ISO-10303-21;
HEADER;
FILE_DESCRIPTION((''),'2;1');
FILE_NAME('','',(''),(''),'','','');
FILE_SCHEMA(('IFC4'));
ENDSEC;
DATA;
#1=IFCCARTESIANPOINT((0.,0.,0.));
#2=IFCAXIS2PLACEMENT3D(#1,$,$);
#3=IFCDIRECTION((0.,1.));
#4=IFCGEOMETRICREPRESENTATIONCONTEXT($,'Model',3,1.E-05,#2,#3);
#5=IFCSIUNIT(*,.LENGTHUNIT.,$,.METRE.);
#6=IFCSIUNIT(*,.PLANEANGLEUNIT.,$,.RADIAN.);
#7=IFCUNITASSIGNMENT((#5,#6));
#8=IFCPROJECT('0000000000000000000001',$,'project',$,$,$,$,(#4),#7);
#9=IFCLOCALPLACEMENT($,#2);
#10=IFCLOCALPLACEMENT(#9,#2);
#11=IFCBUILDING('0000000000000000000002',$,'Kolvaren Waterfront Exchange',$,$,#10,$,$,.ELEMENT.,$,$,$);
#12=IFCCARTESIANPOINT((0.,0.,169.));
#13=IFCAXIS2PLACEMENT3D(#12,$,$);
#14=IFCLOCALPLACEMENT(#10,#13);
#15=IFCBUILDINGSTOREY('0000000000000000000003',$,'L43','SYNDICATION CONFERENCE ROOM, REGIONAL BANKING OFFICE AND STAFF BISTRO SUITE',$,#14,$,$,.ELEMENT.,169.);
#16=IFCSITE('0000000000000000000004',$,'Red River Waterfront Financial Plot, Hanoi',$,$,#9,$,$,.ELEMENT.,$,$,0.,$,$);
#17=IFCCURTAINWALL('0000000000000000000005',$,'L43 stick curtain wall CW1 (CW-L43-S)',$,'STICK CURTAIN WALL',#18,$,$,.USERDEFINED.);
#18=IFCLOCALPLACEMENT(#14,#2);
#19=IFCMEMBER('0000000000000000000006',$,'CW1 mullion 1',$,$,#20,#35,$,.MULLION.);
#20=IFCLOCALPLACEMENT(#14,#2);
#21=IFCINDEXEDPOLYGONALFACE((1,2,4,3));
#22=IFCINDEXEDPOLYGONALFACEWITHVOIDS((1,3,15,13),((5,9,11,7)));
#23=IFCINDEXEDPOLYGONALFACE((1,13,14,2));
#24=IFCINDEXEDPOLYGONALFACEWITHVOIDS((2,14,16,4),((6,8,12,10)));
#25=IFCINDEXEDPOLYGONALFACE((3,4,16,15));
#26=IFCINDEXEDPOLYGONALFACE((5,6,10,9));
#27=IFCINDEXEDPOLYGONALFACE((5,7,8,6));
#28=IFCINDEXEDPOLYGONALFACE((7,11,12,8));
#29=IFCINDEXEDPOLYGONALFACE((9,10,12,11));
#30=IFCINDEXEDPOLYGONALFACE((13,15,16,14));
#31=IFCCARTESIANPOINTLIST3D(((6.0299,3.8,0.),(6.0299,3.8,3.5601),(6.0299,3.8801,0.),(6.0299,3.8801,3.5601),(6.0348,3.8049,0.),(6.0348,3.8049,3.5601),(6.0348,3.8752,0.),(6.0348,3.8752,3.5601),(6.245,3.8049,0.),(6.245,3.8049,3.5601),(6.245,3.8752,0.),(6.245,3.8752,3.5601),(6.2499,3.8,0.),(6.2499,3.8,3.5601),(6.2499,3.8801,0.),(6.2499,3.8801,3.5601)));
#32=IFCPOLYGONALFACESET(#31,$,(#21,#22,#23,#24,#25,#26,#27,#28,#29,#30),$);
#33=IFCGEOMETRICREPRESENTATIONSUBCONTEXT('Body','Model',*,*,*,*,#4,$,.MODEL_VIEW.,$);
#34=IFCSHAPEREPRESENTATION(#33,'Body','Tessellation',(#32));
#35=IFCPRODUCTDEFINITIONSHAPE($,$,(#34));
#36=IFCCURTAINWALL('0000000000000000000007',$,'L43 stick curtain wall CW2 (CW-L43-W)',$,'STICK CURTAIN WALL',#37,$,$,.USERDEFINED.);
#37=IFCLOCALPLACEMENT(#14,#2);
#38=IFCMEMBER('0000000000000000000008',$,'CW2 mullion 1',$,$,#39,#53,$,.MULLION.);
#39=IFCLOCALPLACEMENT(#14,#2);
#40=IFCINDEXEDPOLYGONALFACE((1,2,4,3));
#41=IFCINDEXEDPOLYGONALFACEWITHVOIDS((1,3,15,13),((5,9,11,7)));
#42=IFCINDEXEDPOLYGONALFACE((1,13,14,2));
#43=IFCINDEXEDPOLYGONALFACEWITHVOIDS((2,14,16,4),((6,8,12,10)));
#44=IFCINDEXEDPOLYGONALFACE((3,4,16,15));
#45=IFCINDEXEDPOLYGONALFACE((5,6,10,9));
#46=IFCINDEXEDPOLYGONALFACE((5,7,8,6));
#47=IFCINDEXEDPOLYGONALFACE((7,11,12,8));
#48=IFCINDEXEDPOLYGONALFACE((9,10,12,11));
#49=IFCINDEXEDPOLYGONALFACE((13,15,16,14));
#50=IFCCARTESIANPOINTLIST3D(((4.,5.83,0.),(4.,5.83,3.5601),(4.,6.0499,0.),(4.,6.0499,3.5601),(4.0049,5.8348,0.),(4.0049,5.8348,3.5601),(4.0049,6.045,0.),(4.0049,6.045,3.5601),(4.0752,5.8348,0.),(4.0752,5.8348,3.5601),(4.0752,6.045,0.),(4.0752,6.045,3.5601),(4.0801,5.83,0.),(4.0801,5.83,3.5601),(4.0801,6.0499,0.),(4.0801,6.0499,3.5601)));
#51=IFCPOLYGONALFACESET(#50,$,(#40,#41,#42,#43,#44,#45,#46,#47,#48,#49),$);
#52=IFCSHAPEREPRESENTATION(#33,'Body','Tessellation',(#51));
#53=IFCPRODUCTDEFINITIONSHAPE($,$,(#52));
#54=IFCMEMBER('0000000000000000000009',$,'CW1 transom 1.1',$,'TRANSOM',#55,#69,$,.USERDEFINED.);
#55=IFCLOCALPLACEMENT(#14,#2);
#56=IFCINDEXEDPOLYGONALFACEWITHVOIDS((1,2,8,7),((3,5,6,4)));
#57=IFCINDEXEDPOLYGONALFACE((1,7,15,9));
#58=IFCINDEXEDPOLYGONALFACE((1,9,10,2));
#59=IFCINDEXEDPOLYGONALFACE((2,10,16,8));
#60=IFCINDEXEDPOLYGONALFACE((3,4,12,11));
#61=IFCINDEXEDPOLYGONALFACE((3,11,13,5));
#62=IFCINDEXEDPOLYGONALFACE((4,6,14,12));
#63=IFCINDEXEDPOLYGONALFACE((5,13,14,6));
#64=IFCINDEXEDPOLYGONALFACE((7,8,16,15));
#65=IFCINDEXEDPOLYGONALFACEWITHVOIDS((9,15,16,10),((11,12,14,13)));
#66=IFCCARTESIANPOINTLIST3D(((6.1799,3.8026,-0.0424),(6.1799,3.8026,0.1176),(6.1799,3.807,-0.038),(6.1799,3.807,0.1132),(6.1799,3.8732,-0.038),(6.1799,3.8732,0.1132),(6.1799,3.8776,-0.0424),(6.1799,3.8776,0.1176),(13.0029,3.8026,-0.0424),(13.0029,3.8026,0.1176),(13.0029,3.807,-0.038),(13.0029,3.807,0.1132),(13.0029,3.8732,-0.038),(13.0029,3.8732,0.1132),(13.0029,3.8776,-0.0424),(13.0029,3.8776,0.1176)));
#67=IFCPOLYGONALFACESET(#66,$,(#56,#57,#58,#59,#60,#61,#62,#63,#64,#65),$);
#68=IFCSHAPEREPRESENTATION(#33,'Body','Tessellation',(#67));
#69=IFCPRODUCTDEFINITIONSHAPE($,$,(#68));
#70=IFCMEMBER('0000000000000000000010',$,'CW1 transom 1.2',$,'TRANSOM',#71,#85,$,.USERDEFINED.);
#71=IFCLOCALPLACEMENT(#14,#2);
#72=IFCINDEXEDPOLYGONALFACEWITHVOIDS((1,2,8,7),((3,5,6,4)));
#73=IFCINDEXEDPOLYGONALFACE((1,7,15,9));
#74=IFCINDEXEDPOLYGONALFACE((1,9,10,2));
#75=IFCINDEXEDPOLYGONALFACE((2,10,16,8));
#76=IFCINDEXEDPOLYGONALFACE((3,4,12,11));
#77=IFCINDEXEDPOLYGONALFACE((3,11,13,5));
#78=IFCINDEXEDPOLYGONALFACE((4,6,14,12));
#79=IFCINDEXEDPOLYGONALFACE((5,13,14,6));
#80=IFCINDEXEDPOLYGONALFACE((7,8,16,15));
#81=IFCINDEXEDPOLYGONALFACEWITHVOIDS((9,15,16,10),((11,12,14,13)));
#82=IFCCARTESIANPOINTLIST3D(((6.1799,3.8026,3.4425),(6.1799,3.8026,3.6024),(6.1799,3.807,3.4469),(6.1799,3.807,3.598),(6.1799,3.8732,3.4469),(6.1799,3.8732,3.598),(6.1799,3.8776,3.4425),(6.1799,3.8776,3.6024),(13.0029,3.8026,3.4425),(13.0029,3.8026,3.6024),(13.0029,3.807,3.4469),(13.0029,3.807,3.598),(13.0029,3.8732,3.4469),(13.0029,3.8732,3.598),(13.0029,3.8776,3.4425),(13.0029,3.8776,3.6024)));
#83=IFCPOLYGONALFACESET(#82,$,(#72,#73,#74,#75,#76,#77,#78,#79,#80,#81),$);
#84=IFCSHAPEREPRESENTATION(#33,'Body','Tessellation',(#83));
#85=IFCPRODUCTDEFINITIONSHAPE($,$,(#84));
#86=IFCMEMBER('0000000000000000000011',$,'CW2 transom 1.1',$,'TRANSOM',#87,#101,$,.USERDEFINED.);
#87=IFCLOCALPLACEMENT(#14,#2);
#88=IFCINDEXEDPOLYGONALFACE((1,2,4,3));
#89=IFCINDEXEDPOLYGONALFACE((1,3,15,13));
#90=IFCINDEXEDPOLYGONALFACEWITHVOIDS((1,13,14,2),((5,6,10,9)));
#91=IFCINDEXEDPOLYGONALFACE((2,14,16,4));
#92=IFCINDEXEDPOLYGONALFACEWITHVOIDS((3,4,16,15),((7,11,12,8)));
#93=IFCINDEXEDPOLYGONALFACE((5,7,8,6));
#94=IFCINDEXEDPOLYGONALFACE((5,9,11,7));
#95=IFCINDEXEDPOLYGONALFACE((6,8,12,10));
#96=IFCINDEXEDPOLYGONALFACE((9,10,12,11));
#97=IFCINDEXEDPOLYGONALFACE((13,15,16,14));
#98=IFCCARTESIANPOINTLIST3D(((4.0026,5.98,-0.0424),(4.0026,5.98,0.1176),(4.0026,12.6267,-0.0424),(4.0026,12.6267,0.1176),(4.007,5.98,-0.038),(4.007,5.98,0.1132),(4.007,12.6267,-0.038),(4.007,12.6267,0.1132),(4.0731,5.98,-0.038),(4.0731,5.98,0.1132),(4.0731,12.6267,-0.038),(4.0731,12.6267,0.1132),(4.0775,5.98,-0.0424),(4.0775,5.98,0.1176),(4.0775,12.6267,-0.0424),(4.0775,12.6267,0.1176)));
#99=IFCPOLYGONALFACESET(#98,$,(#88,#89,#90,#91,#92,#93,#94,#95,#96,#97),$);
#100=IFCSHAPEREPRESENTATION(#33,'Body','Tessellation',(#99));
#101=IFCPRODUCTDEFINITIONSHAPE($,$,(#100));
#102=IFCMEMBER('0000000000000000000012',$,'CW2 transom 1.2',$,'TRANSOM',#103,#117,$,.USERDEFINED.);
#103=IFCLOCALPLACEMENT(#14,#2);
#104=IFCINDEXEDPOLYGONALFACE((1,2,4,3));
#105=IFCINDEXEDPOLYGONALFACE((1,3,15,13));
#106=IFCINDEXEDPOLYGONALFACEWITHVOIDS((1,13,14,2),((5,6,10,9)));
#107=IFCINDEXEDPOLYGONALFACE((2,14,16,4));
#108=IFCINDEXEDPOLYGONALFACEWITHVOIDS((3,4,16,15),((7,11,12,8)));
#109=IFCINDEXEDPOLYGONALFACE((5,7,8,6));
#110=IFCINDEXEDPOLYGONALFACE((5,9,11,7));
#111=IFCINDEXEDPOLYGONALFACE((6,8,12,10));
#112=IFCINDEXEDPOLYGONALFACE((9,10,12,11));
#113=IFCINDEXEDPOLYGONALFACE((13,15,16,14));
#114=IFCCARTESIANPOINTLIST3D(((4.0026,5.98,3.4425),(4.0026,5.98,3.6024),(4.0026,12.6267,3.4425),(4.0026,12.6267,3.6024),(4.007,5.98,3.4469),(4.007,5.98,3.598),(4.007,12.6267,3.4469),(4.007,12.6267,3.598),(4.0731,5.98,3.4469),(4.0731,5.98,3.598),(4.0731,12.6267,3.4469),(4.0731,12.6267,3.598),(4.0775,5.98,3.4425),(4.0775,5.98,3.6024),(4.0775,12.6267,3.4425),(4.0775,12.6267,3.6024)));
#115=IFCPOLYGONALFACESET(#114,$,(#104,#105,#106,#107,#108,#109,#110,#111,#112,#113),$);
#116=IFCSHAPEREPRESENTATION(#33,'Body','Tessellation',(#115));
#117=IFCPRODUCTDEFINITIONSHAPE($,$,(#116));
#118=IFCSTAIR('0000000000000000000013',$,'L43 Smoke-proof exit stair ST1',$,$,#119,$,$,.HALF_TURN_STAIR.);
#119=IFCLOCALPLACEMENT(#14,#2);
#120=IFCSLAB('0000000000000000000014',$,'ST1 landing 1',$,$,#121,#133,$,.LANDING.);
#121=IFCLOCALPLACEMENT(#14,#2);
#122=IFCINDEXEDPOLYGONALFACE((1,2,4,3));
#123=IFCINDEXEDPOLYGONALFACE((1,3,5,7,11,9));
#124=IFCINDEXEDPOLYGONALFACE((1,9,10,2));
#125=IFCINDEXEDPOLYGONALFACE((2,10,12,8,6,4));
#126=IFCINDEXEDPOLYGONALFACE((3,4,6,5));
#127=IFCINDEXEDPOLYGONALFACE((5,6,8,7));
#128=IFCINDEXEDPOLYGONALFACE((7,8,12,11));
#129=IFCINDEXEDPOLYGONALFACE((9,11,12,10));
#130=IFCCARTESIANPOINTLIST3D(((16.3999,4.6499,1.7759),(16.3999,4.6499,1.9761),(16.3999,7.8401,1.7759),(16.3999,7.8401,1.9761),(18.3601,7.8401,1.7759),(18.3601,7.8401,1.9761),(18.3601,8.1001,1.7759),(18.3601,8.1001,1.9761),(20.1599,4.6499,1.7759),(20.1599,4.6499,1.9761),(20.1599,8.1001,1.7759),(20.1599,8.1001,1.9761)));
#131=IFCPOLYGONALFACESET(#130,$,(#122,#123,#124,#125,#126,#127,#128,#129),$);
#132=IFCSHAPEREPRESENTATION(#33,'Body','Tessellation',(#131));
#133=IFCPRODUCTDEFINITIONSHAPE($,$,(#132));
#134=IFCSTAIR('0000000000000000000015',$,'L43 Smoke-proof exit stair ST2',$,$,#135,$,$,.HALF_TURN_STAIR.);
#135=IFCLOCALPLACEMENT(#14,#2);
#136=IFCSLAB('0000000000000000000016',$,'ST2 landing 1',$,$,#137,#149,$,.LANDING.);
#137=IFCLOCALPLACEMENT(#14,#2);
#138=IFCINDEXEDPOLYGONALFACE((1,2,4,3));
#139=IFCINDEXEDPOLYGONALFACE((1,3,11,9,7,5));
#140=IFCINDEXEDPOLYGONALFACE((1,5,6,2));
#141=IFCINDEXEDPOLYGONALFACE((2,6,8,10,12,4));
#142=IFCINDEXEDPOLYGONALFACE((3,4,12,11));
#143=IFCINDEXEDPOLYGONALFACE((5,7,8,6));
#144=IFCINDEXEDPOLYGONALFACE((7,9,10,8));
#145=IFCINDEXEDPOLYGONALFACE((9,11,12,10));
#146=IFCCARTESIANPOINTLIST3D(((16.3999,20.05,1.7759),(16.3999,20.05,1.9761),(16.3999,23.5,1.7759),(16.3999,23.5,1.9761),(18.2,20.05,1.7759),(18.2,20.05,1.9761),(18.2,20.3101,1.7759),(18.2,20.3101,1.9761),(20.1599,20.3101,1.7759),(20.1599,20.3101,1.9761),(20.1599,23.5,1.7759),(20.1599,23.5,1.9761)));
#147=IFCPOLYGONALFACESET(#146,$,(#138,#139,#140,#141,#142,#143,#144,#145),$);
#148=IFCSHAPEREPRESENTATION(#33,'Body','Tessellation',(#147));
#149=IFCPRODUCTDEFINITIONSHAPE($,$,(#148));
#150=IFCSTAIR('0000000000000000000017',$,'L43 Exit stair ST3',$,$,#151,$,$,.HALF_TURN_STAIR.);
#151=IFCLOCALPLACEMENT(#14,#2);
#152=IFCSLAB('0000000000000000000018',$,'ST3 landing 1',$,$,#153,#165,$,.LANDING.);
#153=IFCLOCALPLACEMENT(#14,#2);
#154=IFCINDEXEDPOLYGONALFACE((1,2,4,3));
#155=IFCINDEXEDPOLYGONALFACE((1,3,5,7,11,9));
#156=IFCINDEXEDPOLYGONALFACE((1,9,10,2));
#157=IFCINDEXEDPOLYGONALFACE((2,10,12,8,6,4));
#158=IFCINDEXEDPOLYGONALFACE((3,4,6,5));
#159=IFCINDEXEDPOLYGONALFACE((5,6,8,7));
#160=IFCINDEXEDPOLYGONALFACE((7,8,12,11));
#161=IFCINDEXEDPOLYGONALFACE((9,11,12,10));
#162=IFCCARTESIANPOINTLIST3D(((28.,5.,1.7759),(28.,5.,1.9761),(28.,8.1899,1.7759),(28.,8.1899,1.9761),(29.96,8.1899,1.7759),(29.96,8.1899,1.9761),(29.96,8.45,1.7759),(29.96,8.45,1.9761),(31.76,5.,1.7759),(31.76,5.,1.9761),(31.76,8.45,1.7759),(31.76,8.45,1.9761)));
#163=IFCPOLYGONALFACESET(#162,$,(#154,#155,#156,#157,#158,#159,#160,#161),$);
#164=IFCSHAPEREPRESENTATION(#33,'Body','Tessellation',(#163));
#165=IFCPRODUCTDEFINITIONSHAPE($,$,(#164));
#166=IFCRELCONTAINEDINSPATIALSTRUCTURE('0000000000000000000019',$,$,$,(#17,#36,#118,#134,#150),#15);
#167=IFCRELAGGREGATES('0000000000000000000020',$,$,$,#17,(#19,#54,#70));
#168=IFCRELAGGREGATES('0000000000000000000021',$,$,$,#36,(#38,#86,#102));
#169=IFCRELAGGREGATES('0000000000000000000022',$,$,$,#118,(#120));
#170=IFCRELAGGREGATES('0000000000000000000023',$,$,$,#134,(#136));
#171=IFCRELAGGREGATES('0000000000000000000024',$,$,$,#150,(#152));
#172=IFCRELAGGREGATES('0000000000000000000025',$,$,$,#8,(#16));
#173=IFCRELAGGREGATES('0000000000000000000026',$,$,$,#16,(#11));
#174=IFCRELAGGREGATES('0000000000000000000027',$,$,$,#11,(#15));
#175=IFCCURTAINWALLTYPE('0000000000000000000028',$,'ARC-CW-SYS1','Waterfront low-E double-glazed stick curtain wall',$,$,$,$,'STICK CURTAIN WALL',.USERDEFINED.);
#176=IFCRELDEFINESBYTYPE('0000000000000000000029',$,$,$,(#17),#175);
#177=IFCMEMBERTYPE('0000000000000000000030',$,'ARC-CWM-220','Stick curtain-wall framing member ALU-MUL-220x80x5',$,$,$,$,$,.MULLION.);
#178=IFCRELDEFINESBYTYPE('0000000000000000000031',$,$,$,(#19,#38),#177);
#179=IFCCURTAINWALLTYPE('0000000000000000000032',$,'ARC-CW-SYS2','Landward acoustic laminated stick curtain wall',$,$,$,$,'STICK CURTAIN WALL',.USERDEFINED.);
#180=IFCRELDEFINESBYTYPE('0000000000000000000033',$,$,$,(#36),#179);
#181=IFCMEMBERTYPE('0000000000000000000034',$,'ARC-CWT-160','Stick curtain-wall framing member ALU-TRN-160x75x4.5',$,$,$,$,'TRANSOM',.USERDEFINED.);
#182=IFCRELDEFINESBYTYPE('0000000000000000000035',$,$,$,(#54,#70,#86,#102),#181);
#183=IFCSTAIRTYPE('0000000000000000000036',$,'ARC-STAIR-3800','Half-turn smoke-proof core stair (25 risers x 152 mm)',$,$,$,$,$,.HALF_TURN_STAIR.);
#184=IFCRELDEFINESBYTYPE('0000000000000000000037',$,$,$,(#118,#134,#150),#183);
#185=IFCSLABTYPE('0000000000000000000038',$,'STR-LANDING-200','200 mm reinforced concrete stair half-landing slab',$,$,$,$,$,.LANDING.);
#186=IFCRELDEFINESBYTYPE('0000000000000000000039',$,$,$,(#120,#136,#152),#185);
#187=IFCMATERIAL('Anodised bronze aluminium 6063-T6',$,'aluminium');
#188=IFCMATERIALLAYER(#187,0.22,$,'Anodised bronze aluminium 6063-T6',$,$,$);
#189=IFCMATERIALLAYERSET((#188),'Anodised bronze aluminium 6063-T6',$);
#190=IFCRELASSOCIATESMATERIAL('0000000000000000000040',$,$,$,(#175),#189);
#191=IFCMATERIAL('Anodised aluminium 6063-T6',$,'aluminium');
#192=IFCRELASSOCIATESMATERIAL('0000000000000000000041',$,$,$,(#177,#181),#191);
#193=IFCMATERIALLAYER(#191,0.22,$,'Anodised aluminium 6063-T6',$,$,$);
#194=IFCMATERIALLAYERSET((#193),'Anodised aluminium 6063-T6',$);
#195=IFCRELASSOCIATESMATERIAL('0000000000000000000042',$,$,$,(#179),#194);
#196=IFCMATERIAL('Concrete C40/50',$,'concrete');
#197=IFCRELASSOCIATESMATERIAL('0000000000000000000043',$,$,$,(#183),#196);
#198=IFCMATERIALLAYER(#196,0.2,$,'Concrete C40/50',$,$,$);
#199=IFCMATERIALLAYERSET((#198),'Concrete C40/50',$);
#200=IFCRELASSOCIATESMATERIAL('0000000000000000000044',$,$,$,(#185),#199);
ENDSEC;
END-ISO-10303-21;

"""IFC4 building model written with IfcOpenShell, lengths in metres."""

from ifc_helpers import new_model, si_unit, direction, frame, origin, origin_with_axes, origin_2d, place, context, subcontext, project, spatial, polyline, hollow_rectangle, outline, extrude, source, transform, mapped, material, layer, layer_set, material_profile, profile_set, type_object, element, aggregate, save


model = new_model("IFC4")

# Units and contexts
model_context = context("Model", 3, precision=1e-05, world=origin(), true_north=direction((0.0, 1.0)))
body_context = subcontext(model_context, "Body", "Model", "MODEL_VIEW")
ifc_project = project(units=[si_unit("LENGTHUNIT", "METRE"), si_unit("PLANEANGLEUNIT", "RADIAN")], contexts=[model_context])

# Site, building, storey
site_placement = place(None, origin())
site = spatial("IfcSite", under=ifc_project, at=site_placement, Name="Red River Waterfront Financial Plot, Hanoi", CompositionType="ELEMENT", RefElevation=0.0)
building_placement = place(site_placement, origin())
building = spatial("IfcBuilding", under=site, at=building_placement, Name="Kolvaren Waterfront Exchange", CompositionType="ELEMENT")
storey_placement = place(building_placement, frame((0.0, 0.0, 169.0)))
storey = spatial("IfcBuildingStorey", under=building, at=storey_placement, Name="L43", Description="SYNDICATION CONFERENCE ROOM, REGIONAL BANKING OFFICE AND STAFF BISTRO SUITE", CompositionType="ELEMENT", Elevation=169.0)

# Curtain walls, members
ifc_material_1 = material(Name="Anodised bronze aluminium 6063-T6", Category="aluminium")
ifc_layer_1 = layer(ifc_material_1, 0.22, Name="Anodised bronze aluminium 6063-T6")
ifc_layer_set_1 = layer_set([ifc_layer_1], Name="Anodised bronze aluminium 6063-T6")
curtain_wall_type_1 = type_object("IfcCurtainWallType", Name="ARC-CW-SYS1", Description="Waterfront low-E double-glazed stick curtain wall", ElementType="STICK CURTAIN WALL", PredefinedType="USERDEFINED", material=ifc_layer_set_1)
curtain_wall_1_placement = place(storey_placement, origin())
curtain_wall_1 = element("IfcCurtainWall", 1, at=curtain_wall_1_placement, inside=storey, type_object=curtain_wall_type_1, Name="L43 stick curtain wall CW1 (CW-L43-S)", ObjectType="STICK CURTAIN WALL", PredefinedType="USERDEFINED")
ifc_material_2 = material(Name="Anodised aluminium 6063-T6", Category="aluminium")
ifc_material_profile_1 = material_profile(ifc_material_2, hollow_rectangle(XDim=0.0801, YDim=0.22, WallThickness=0.0049, at=origin_2d()), Name="ALU-MUL-220x80x5")
ifc_profile_set_1 = profile_set([ifc_material_profile_1], Name="Anodised aluminium 6063-T6")
member_type_1 = type_object("IfcMemberType", Name="ARC-CWM-220", Description="Stick curtain-wall framing member ALU-MUL-220x80x5", PredefinedType="MULLION", material=ifc_profile_set_1)
shared_shape_1 = source(origin_with_axes(), body_context, "Body", "SweptSolid", [
    extrude(hollow_rectangle(XDim=0.0801, YDim=0.22, WallThickness=0.0049, at=origin_2d()), origin(), (0.0, 0.0, 1.0), 3.5601),
])
member_1_placement = place(storey_placement, frame((6.1399, 3.8401, 0.0), z_axis=(0.0, 0.0, 1.0), x_axis=(0.0, 1.0, 0.0)))
member_1 = element("IfcMember", 2, at=member_1_placement, type_object=member_type_1, Name="CW1 mullion 1", PredefinedType="MULLION", context=body_context, shape_type="MappedRepresentation", body=[
    mapped(shared_shape_1, transform((0.0, 0.0, 0.0), x_axis=(1.0, 0.0, 0.0), y_axis=(0.0, 1.0, 0.0), z_axis=(0.0, 0.0, 1.0), scale=1.0)),
])
ifc_layer_2 = layer(ifc_material_2, 0.22, Name="Anodised aluminium 6063-T6")
ifc_layer_set_2 = layer_set([ifc_layer_2], Name="Anodised aluminium 6063-T6")
curtain_wall_type_2 = type_object("IfcCurtainWallType", Name="ARC-CW-SYS2", Description="Landward acoustic laminated stick curtain wall", ElementType="STICK CURTAIN WALL", PredefinedType="USERDEFINED", material=ifc_layer_set_2)
curtain_wall_2_placement = place(storey_placement, origin())
curtain_wall_2 = element("IfcCurtainWall", 3, at=curtain_wall_2_placement, inside=storey, type_object=curtain_wall_type_2, Name="L43 stick curtain wall CW2 (CW-L43-W)", ObjectType="STICK CURTAIN WALL", PredefinedType="USERDEFINED")
member_2_placement = place(storey_placement, frame((4.04, 5.9399, 0.0), z_axis=(0.0, 0.0, 1.0), x_axis=(-1.0, 0.0, 0.0)))
member_2 = element("IfcMember", 4, at=member_2_placement, type_object=member_type_1, Name="CW2 mullion 1", PredefinedType="MULLION", context=body_context, shape_type="MappedRepresentation", body=[
    mapped(shared_shape_1, transform((0.0, 0.0, 0.0), x_axis=(1.0, 0.0, 0.0), y_axis=(0.0, 1.0, 0.0), z_axis=(0.0, 0.0, 1.0), scale=1.0)),
])

# Members
ifc_material_profile_2 = material_profile(ifc_material_2, hollow_rectangle(XDim=0.075, YDim=0.1599, WallThickness=0.0044, at=origin_2d()), Name="ALU-TRN-160x75x4.5")
ifc_profile_set_2 = profile_set([ifc_material_profile_2], Name="Anodised aluminium 6063-T6")
member_type_2 = type_object("IfcMemberType", Name="ARC-CWT-160", Description="Stick curtain-wall framing member ALU-TRN-160x75x4.5", ElementType="TRANSOM", PredefinedType="USERDEFINED", material=ifc_profile_set_2)
shared_shape_2 = source(origin_with_axes(), body_context, "Body", "SweptSolid", [
    extrude(hollow_rectangle(XDim=0.075, YDim=0.1599, WallThickness=0.0044, at=origin_2d()), origin(), (0.0, 0.0, 1.0), 6.823),
])
member_3_placement = place(storey_placement, frame((6.1799, 3.8401, 0.0376), z_axis=(1.0, 0.0, 0.0), x_axis=(0.0, 1.0, 0.0)))
member_3 = element("IfcMember", 5, at=member_3_placement, type_object=member_type_2, Name="CW1 transom 1.1", ObjectType="TRANSOM", PredefinedType="USERDEFINED", context=body_context, shape_type="MappedRepresentation", body=[
    mapped(shared_shape_2, transform((0.0, 0.0, 0.0), x_axis=(1.0, 0.0, 0.0), y_axis=(0.0, 1.0, 0.0), z_axis=(0.0, 0.0, 1.0), scale=1.0)),
])
member_4_placement = place(storey_placement, frame((6.1799, 3.8401, 3.5225), z_axis=(1.0, 0.0, 0.0), x_axis=(0.0, 1.0, 0.0)))
member_4 = element("IfcMember", 6, at=member_4_placement, type_object=member_type_2, Name="CW1 transom 1.2", ObjectType="TRANSOM", PredefinedType="USERDEFINED", context=body_context, shape_type="MappedRepresentation", body=[
    mapped(shared_shape_2, transform((0.0, 0.0, 0.0), x_axis=(1.0, 0.0, 0.0), y_axis=(0.0, 1.0, 0.0), z_axis=(0.0, 0.0, 1.0), scale=1.0)),
])
aggregate(curtain_wall_1, [member_1, member_3, member_4])
shared_shape_3 = source(origin_with_axes(), body_context, "Body", "SweptSolid", [
    extrude(hollow_rectangle(XDim=0.075, YDim=0.1599, WallThickness=0.0044, at=origin_2d()), origin(), (0.0, 0.0, 1.0), 6.6467),
])
member_5_placement = place(storey_placement, frame((4.04, 5.98, 0.0376), z_axis=(0.0, 1.0, 0.0), x_axis=(-1.0, 0.0, 0.0)))
member_5 = element("IfcMember", 7, at=member_5_placement, type_object=member_type_2, Name="CW2 transom 1.1", ObjectType="TRANSOM", PredefinedType="USERDEFINED", context=body_context, shape_type="MappedRepresentation", body=[
    mapped(shared_shape_3, transform((0.0, 0.0, 0.0), x_axis=(1.0, 0.0, 0.0), y_axis=(0.0, 1.0, 0.0), z_axis=(0.0, 0.0, 1.0), scale=1.0)),
])
member_6_placement = place(storey_placement, frame((4.04, 5.98, 3.5225), z_axis=(0.0, 1.0, 0.0), x_axis=(-1.0, 0.0, 0.0)))
member_6 = element("IfcMember", 8, at=member_6_placement, type_object=member_type_2, Name="CW2 transom 1.2", ObjectType="TRANSOM", PredefinedType="USERDEFINED", context=body_context, shape_type="MappedRepresentation", body=[
    mapped(shared_shape_3, transform((0.0, 0.0, 0.0), x_axis=(1.0, 0.0, 0.0), y_axis=(0.0, 1.0, 0.0), z_axis=(0.0, 0.0, 1.0), scale=1.0)),
])
aggregate(curtain_wall_2, [member_2, member_5, member_6])

# Stairs, slabs
ifc_material_3 = material(Name="Concrete C40/50", Category="concrete")
stair_type = type_object("IfcStairType", Name="ARC-STAIR-3800", Description="Half-turn smoke-proof core stair (25 risers x 152 mm)", PredefinedType="HALF_TURN_STAIR", material=ifc_material_3)
stair_1_placement = place(storey_placement, origin())
stair_1 = element("IfcStair", 9, at=stair_1_placement, inside=storey, type_object=stair_type, Name="L43 Smoke-proof exit stair ST1", PredefinedType="HALF_TURN_STAIR")
ifc_layer_3 = layer(ifc_material_3, 0.2, Name="Concrete C40/50")
ifc_layer_set_3 = layer_set([ifc_layer_3], Name="Concrete C40/50")
slab_type_1 = type_object("IfcSlabType", Name="STR-LANDING-200", Description="200 mm reinforced concrete stair half-landing slab", PredefinedType="LANDING", material=ifc_layer_set_3)
slab_1_placement = place(storey_placement, frame((0.0, 0.0, 1.7759)))
slab_1 = element("IfcSlab", 10, at=slab_1_placement, type_object=slab_type_1, Name="ST1 landing 1", PredefinedType="LANDING", context=body_context, shape_type="SweptSolid", body=[
    extrude(outline(polyline([(16.3999, 7.8401), (16.3999, 4.6499), (20.1599, 4.6499), (20.1599, 8.1001), (18.3601, 8.1001), (18.3601, 7.8401), (16.3999, 7.8401)])), origin(), (0.0, 0.0, 1.0), 0.2002),
])
aggregate(stair_1, [slab_1])
stair_2_placement = place(storey_placement, origin())
stair_2 = element("IfcStair", 11, at=stair_2_placement, inside=storey, type_object=stair_type, Name="L43 Smoke-proof exit stair ST2", PredefinedType="HALF_TURN_STAIR")
slab_2_placement = place(storey_placement, frame((0.0, 0.0, 1.7759)))
slab_2 = element("IfcSlab", 12, at=slab_2_placement, type_object=slab_type_1, Name="ST2 landing 1", PredefinedType="LANDING", context=body_context, shape_type="SweptSolid", body=[
    extrude(outline(polyline([(20.1599, 20.3101), (20.1599, 23.5), (16.3999, 23.5), (16.3999, 20.05), (18.2, 20.05), (18.2, 20.3101), (20.1599, 20.3101)])), origin(), (0.0, 0.0, 1.0), 0.2002),
])
aggregate(stair_2, [slab_2])
stair_3_placement = place(storey_placement, origin())
stair_3 = element("IfcStair", 13, at=stair_3_placement, inside=storey, type_object=stair_type, Name="L43 Exit stair ST3", PredefinedType="HALF_TURN_STAIR")
slab_3_placement = place(storey_placement, frame((0.0, 0.0, 1.7759)))
slab_3 = element("IfcSlab", 14, at=slab_3_placement, type_object=slab_type_1, Name="ST3 landing 1", PredefinedType="LANDING", context=body_context, shape_type="SweptSolid", body=[
    extrude(outline(polyline([(28.0, 8.1899), (28.0, 5.0), (31.76, 5.0), (31.76, 8.45), (29.96, 8.45), (29.96, 8.1899), (28.0, 8.1899)])), origin(), (0.0, 0.0, 1.0), 0.2002),
])
aggregate(stair_3, [slab_3])

save(model, "model.ifc")
